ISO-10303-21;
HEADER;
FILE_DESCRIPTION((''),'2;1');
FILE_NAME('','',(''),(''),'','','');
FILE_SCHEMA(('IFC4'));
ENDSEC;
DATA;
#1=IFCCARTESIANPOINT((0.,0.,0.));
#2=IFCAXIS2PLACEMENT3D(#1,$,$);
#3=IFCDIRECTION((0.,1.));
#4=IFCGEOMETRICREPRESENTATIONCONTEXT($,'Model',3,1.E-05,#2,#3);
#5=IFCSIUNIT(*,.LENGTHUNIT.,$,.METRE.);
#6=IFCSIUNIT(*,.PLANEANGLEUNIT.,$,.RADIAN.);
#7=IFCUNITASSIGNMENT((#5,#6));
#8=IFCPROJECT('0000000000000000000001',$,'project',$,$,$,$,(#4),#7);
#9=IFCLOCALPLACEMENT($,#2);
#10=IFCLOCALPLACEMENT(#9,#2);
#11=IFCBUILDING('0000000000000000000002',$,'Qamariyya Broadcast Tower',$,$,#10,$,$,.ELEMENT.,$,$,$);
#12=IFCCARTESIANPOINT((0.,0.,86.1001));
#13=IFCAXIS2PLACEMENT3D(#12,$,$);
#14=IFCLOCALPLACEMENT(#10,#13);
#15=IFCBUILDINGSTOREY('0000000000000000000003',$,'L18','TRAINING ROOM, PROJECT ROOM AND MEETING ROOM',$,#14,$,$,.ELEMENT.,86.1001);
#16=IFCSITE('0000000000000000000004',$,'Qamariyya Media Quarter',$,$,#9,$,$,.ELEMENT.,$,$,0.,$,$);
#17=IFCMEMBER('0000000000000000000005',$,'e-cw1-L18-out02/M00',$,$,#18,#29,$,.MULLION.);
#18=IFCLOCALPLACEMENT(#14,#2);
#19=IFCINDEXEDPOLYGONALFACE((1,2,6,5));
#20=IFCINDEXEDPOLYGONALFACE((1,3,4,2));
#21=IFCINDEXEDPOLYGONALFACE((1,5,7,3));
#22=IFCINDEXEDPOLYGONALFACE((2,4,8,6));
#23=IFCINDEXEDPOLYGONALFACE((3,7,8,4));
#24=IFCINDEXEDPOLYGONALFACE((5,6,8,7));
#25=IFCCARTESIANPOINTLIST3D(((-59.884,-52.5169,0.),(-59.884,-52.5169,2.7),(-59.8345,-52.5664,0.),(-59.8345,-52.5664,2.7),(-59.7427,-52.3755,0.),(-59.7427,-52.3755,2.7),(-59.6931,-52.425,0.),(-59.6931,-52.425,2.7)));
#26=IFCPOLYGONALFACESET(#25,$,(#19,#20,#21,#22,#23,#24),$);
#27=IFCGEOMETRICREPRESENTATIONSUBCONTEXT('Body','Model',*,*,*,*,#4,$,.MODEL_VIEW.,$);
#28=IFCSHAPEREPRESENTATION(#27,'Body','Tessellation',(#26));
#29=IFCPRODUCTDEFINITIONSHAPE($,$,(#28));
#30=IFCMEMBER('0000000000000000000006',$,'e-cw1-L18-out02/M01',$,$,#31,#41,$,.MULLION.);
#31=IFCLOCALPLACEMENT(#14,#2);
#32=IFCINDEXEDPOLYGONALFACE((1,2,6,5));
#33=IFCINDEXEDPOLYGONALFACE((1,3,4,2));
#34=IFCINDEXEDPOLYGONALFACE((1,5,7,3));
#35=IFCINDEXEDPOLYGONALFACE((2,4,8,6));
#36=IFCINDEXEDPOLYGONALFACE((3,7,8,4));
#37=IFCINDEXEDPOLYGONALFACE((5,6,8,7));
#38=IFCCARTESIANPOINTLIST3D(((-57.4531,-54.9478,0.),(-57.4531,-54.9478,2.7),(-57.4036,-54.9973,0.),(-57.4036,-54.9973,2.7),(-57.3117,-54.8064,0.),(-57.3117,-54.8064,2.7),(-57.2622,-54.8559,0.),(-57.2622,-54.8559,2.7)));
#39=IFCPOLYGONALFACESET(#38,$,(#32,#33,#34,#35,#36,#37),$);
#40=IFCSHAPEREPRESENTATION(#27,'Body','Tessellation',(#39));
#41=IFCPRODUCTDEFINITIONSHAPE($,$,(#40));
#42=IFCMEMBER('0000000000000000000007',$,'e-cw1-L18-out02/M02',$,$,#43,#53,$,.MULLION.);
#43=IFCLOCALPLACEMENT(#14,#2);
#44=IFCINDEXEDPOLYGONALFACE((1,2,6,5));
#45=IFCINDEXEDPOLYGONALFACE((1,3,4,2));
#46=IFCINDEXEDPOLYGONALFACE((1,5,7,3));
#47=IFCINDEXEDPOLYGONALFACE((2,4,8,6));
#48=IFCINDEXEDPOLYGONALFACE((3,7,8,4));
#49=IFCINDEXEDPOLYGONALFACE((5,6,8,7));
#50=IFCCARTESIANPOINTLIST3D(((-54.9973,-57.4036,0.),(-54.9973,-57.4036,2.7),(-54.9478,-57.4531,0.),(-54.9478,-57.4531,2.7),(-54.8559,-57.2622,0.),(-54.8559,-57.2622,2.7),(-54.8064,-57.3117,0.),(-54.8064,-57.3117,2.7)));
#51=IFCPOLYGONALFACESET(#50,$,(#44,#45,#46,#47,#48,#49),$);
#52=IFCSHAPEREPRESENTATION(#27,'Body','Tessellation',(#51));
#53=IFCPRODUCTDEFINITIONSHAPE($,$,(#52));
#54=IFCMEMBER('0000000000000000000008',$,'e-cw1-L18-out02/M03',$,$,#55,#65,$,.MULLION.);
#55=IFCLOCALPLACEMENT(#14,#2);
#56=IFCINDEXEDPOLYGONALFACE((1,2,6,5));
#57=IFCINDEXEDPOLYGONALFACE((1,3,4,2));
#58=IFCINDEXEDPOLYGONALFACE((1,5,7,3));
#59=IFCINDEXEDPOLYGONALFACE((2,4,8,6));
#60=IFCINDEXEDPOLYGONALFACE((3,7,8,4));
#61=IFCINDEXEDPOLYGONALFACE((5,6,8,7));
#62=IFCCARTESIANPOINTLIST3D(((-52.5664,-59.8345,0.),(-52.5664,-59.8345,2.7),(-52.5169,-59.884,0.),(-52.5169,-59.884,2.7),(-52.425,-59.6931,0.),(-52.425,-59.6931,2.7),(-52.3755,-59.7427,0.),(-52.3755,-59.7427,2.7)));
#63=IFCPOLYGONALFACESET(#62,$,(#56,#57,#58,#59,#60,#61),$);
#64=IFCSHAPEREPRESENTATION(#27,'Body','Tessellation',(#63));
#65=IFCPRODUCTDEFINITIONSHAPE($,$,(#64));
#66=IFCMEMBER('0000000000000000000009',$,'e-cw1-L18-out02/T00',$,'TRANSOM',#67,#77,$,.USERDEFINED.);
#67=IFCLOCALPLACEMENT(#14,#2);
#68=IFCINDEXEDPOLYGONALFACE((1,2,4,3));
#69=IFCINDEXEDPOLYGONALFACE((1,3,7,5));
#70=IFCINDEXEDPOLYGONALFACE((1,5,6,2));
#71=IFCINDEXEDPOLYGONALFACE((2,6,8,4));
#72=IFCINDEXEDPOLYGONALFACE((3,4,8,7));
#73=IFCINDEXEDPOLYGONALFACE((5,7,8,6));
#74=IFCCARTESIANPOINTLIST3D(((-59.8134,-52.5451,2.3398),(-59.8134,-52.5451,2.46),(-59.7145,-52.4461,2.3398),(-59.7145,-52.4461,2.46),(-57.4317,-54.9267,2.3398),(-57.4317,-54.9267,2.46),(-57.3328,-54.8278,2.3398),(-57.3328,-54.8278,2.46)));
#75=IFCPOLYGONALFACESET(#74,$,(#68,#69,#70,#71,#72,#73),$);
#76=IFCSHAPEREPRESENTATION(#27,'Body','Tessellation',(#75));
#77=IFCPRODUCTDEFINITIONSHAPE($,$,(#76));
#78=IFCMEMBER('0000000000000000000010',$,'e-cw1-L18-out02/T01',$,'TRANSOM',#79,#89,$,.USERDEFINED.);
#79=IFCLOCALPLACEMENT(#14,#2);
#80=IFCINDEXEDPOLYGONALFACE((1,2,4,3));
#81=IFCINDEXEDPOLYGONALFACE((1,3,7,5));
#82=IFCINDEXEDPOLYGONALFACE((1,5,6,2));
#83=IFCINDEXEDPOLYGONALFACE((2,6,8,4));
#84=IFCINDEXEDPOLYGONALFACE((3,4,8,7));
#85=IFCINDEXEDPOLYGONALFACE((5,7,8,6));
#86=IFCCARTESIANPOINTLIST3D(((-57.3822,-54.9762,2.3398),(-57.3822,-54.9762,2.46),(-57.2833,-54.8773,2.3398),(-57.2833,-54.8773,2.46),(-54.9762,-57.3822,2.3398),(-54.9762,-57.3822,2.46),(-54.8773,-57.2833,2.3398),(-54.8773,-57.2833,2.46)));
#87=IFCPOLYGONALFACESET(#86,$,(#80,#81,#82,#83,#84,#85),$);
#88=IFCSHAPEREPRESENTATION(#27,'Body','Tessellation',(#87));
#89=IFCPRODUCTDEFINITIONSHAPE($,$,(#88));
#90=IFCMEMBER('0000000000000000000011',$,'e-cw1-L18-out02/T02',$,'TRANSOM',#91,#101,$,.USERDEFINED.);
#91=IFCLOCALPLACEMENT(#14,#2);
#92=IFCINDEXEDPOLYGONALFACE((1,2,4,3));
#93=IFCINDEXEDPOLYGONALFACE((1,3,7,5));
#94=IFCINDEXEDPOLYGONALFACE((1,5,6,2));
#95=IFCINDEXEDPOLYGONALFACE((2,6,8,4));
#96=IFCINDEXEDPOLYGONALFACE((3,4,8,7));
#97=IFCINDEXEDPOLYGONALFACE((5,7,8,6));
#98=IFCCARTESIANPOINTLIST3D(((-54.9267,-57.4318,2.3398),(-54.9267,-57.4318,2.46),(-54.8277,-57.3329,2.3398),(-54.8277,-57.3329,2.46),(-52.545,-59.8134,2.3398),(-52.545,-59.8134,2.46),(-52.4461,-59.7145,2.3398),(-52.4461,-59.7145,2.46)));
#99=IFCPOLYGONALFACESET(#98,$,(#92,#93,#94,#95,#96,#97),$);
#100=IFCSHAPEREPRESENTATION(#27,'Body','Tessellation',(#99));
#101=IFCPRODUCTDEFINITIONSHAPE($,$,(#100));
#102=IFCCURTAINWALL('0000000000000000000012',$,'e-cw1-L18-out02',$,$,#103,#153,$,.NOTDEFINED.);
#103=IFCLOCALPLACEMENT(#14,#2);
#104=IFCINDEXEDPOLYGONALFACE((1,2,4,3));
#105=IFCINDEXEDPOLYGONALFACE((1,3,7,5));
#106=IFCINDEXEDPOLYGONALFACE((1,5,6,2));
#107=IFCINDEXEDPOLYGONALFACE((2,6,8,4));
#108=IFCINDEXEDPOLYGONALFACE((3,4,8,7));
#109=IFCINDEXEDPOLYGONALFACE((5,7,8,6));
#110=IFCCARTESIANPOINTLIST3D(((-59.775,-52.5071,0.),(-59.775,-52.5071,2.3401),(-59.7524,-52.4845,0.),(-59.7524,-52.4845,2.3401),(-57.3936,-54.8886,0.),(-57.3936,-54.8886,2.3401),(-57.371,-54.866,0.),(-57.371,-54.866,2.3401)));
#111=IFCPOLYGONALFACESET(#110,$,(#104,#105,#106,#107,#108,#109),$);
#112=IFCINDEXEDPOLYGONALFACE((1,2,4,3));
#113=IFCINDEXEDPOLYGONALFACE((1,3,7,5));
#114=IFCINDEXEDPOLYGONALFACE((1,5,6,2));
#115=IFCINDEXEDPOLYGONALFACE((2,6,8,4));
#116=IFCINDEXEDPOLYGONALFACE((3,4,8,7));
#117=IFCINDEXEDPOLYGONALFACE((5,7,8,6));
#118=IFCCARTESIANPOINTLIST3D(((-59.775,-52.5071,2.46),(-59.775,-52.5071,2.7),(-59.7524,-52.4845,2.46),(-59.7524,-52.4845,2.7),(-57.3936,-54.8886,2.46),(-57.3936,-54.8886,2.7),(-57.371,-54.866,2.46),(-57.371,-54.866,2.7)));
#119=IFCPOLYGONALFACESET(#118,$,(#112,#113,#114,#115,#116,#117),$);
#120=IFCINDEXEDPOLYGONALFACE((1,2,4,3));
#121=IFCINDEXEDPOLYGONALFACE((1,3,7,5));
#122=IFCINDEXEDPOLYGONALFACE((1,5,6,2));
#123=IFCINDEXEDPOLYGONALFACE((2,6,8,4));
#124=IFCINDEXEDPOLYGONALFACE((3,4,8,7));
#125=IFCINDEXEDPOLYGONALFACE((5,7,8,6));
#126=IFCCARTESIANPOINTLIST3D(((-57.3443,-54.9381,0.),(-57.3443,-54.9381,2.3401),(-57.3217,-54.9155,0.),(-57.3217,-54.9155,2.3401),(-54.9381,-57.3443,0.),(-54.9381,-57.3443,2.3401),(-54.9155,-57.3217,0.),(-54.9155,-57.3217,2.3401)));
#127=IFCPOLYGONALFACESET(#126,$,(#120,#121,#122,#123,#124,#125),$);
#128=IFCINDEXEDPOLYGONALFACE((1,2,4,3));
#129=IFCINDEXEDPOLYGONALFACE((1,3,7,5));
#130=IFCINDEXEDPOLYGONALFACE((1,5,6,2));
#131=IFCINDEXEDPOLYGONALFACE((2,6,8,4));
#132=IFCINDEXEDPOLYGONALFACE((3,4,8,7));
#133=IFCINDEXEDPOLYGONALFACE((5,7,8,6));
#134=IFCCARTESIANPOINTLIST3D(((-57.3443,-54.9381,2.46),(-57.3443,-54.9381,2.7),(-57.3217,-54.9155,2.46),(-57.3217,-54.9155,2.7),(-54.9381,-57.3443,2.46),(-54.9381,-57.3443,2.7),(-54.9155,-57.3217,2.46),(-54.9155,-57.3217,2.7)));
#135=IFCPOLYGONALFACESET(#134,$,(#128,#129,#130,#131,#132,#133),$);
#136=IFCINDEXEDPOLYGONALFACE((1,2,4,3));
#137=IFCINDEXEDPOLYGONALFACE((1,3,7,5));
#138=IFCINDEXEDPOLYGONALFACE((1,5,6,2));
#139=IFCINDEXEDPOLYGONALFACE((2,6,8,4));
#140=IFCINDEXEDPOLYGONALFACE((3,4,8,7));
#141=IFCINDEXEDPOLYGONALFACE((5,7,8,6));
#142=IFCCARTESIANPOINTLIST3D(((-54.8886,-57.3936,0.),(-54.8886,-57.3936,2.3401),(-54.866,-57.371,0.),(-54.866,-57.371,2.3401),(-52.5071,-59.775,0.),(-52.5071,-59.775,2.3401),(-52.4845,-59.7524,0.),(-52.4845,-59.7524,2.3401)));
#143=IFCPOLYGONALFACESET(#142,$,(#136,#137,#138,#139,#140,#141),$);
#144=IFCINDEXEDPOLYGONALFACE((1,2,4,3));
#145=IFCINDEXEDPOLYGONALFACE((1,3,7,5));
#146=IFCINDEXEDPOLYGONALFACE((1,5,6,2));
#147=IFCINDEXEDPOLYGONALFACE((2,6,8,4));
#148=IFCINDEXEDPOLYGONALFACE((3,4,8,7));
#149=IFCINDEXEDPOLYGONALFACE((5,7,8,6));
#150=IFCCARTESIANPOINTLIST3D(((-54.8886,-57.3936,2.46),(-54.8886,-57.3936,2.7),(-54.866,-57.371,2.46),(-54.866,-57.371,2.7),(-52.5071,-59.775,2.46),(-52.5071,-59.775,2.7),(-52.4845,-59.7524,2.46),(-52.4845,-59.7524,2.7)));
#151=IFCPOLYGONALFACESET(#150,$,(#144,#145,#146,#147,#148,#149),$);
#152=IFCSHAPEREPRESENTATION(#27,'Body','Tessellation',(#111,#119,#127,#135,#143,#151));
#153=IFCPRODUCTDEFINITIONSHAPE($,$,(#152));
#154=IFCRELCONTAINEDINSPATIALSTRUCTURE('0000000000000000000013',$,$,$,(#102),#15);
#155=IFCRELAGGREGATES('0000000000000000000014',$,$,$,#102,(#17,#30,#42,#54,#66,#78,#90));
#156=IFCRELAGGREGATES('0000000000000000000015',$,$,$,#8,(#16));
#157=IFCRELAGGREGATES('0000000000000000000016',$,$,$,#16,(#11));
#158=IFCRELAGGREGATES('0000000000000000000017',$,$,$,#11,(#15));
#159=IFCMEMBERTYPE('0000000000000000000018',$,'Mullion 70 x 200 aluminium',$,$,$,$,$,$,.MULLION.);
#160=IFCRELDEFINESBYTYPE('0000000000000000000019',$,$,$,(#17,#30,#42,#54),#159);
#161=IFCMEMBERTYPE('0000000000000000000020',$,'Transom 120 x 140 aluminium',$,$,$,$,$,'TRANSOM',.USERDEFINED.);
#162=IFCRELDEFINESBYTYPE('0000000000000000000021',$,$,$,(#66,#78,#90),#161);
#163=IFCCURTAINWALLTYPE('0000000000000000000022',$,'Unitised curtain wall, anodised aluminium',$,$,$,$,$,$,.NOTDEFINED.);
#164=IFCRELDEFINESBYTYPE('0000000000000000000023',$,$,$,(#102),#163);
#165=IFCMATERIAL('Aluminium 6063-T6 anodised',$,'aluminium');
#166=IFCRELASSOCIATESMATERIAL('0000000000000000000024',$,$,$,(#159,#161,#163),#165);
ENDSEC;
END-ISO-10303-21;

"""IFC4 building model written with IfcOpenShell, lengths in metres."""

from ifc_helpers import new_model, si_unit, direction, frame, origin, origin_2d, place, context, subcontext, project, spatial, rectangle, extrude, material, material_profile, profile_set, type_object, element, aggregate, save


model = new_model("IFC4")

# Units and contexts
model_context = context("Model", 3, precision=1e-05, world=origin(), true_north=direction((0.0, 1.0)))
body_context = subcontext(model_context, "Body", "Model", "MODEL_VIEW")
ifc_project = project(units=[si_unit("LENGTHUNIT", "METRE"), si_unit("PLANEANGLEUNIT", "RADIAN")], contexts=[model_context])

# Members
ifc_material_1 = material(Name="Aluminium 6063-T6 anodised", Category="aluminium")
ifc_material_profile_1 = material_profile(ifc_material_1, rectangle(XDim=0.2, YDim=0.0701, at=origin_2d()))
ifc_profile_set_1 = profile_set([ifc_material_profile_1], Name="Aluminium 6063-T6 anodised")
member_type_1 = type_object("IfcMemberType", Name="Mullion 70 x 200 aluminium", PredefinedType="MULLION", material=ifc_profile_set_1)
site_placement = place(None, origin())
building_placement = place(site_placement, origin())
storey_placement = place(building_placement, frame((0.0, 0.0, 86.1001)))
member_1_placement = place(storey_placement, frame((-59.7886, -52.4709, 0.0), z_axis=(0.0, 0.0, 1.0), x_axis=(0.707107, 0.707107, 0.0)))
member_1 = element("IfcMember", 1, at=member_1_placement, type_object=member_type_1, Name="e-cw1-L18-out02/M00", PredefinedType="MULLION", context=body_context, shape_type="SweptSolid", body=[
    extrude(rectangle(XDim=0.2, YDim=0.0701, at=origin_2d()), origin(), (0.0, 0.0, 1.0), 2.7),
])
member_2_placement = place(storey_placement, frame((-57.3577, -54.9019, 0.0), z_axis=(0.0, 0.0, 1.0), x_axis=(0.707107, 0.707107, 0.0)))
member_2 = element("IfcMember", 2, at=member_2_placement, type_object=member_type_1, Name="e-cw1-L18-out02/M01", PredefinedType="MULLION", context=body_context, shape_type="SweptSolid", body=[
    extrude(rectangle(XDim=0.2, YDim=0.0701, at=origin_2d()), origin(), (0.0, 0.0, 1.0), 2.7),
])
member_3_placement = place(storey_placement, frame((-54.9019, -57.3577, 0.0), z_axis=(0.0, 0.0, 1.0), x_axis=(0.707107, 0.707107, 0.0)))
member_3 = element("IfcMember", 3, at=member_3_placement, type_object=member_type_1, Name="e-cw1-L18-out02/M02", PredefinedType="MULLION", context=body_context, shape_type="SweptSolid", body=[
    extrude(rectangle(XDim=0.2, YDim=0.0701, at=origin_2d()), origin(), (0.0, 0.0, 1.0), 2.7),
])
member_4_placement = place(storey_placement, frame((-52.4709, -59.7886, 0.0), z_axis=(0.0, 0.0, 1.0), x_axis=(0.707107, 0.707107, 0.0)))
member_4 = element("IfcMember", 4, at=member_4_placement, type_object=member_type_1, Name="e-cw1-L18-out02/M03", PredefinedType="MULLION", context=body_context, shape_type="SweptSolid", body=[
    extrude(rectangle(XDim=0.2, YDim=0.0701, at=origin_2d()), origin(), (0.0, 0.0, 1.0), 2.7),
])
ifc_material_profile_2 = material_profile(ifc_material_1, rectangle(XDim=0.1399, YDim=0.1201, at=origin_2d()))
ifc_profile_set_2 = profile_set([ifc_material_profile_2], Name="Aluminium 6063-T6 anodised")
member_type_2 = type_object("IfcMemberType", Name="Transom 120 x 140 aluminium", ElementType="TRANSOM", PredefinedType="USERDEFINED", material=ifc_profile_set_2)
member_5_placement = place(storey_placement, frame((-59.7639, -52.4956, 2.3999), z_axis=(0.707107, -0.707107, 0.0), x_axis=(0.707107, 0.707107, 0.0)))
member_5 = element("IfcMember", 5, at=member_5_placement, type_object=member_type_2, Name="e-cw1-L18-out02/T00", ObjectType="TRANSOM", PredefinedType="USERDEFINED", context=body_context, shape_type="SweptSolid", body=[
    extrude(rectangle(XDim=0.1399, YDim=0.1201, at=origin_2d()), origin(), (0.0, 0.0, 1.0), 3.3682),
])
member_6_placement = place(storey_placement, frame((-57.3328, -54.9268, 2.3999), z_axis=(0.707107, -0.707107, 0.0), x_axis=(0.707107, 0.707107, 0.0)))
member_6 = element("IfcMember", 6, at=member_6_placement, type_object=member_type_2, Name="e-cw1-L18-out02/T01", ObjectType="TRANSOM", PredefinedType="USERDEFINED", context=body_context, shape_type="SweptSolid", body=[
    extrude(rectangle(XDim=0.1399, YDim=0.1201, at=origin_2d()), origin(), (0.0, 0.0, 1.0), 3.4026),
])
member_7_placement = place(storey_placement, frame((-54.8772, -57.3823, 2.3999), z_axis=(0.707107, -0.707107, 0.0), x_axis=(0.707107, 0.707107, 0.0)))
member_7 = element("IfcMember", 7, at=member_7_placement, type_object=member_type_2, Name="e-cw1-L18-out02/T02", ObjectType="TRANSOM", PredefinedType="USERDEFINED", context=body_context, shape_type="SweptSolid", body=[
    extrude(rectangle(XDim=0.1399, YDim=0.1201, at=origin_2d()), origin(), (0.0, 0.0, 1.0), 3.3682),
])

# Site, building, storey
site = spatial("IfcSite", under=ifc_project, at=site_placement, Name="Qamariyya Media Quarter", CompositionType="ELEMENT", RefElevation=0.0)
building = spatial("IfcBuilding", under=site, at=building_placement, Name="Qamariyya Broadcast Tower", CompositionType="ELEMENT")
storey = spatial("IfcBuildingStorey", under=building, at=storey_placement, Name="L18", Description="TRAINING ROOM, PROJECT ROOM AND MEETING ROOM", CompositionType="ELEMENT", Elevation=86.1001)

# Curtain wall
curtain_wall_type = type_object("IfcCurtainWallType", Name="Unitised curtain wall, anodised aluminium", PredefinedType="NOTDEFINED", material=ifc_material_1)
curtain_wall_1_placement = place(storey_placement, origin())
curtain_wall_1 = element("IfcCurtainWall", 8, at=curtain_wall_1_placement, inside=storey, type_object=curtain_wall_type, Name="e-cw1-L18-out02", PredefinedType="NOTDEFINED", context=body_context, shape_type="SweptSolid", body=[
    extrude(rectangle(XDim=3.3679, YDim=0.032, at=origin_2d()), frame((-58.573, -53.6865, 0.0), x_axis=(0.707107, -0.707107, 0.0)), (0.0, 0.0, 1.0), 2.3401),
    extrude(rectangle(XDim=3.3679, YDim=0.032, at=origin_2d()), frame((-58.573, -53.6865, 2.46), x_axis=(0.707107, -0.707107, 0.0)), (0.0, 0.0, 1.0), 0.24),
    extrude(rectangle(XDim=3.4028, YDim=0.032, at=origin_2d()), frame((-56.1299, -56.1299, 0.0), x_axis=(0.707107, -0.707107, 0.0)), (0.0, 0.0, 1.0), 2.3401),
    extrude(rectangle(XDim=3.4028, YDim=0.032, at=origin_2d()), frame((-56.1299, -56.1299, 2.46), x_axis=(0.707107, -0.707107, 0.0)), (0.0, 0.0, 1.0), 0.24),
    extrude(rectangle(XDim=3.3679, YDim=0.032, at=origin_2d()), frame((-53.6865, -58.573, 0.0), x_axis=(0.707107, -0.707107, 0.0)), (0.0, 0.0, 1.0), 2.3401),
    extrude(rectangle(XDim=3.3679, YDim=0.032, at=origin_2d()), frame((-53.6865, -58.573, 2.46), x_axis=(0.707107, -0.707107, 0.0)), (0.0, 0.0, 1.0), 0.24),
])
aggregate(curtain_wall_1, [member_1, member_2, member_3, member_4, member_5, member_6, member_7])

save(model, "model.ifc")
